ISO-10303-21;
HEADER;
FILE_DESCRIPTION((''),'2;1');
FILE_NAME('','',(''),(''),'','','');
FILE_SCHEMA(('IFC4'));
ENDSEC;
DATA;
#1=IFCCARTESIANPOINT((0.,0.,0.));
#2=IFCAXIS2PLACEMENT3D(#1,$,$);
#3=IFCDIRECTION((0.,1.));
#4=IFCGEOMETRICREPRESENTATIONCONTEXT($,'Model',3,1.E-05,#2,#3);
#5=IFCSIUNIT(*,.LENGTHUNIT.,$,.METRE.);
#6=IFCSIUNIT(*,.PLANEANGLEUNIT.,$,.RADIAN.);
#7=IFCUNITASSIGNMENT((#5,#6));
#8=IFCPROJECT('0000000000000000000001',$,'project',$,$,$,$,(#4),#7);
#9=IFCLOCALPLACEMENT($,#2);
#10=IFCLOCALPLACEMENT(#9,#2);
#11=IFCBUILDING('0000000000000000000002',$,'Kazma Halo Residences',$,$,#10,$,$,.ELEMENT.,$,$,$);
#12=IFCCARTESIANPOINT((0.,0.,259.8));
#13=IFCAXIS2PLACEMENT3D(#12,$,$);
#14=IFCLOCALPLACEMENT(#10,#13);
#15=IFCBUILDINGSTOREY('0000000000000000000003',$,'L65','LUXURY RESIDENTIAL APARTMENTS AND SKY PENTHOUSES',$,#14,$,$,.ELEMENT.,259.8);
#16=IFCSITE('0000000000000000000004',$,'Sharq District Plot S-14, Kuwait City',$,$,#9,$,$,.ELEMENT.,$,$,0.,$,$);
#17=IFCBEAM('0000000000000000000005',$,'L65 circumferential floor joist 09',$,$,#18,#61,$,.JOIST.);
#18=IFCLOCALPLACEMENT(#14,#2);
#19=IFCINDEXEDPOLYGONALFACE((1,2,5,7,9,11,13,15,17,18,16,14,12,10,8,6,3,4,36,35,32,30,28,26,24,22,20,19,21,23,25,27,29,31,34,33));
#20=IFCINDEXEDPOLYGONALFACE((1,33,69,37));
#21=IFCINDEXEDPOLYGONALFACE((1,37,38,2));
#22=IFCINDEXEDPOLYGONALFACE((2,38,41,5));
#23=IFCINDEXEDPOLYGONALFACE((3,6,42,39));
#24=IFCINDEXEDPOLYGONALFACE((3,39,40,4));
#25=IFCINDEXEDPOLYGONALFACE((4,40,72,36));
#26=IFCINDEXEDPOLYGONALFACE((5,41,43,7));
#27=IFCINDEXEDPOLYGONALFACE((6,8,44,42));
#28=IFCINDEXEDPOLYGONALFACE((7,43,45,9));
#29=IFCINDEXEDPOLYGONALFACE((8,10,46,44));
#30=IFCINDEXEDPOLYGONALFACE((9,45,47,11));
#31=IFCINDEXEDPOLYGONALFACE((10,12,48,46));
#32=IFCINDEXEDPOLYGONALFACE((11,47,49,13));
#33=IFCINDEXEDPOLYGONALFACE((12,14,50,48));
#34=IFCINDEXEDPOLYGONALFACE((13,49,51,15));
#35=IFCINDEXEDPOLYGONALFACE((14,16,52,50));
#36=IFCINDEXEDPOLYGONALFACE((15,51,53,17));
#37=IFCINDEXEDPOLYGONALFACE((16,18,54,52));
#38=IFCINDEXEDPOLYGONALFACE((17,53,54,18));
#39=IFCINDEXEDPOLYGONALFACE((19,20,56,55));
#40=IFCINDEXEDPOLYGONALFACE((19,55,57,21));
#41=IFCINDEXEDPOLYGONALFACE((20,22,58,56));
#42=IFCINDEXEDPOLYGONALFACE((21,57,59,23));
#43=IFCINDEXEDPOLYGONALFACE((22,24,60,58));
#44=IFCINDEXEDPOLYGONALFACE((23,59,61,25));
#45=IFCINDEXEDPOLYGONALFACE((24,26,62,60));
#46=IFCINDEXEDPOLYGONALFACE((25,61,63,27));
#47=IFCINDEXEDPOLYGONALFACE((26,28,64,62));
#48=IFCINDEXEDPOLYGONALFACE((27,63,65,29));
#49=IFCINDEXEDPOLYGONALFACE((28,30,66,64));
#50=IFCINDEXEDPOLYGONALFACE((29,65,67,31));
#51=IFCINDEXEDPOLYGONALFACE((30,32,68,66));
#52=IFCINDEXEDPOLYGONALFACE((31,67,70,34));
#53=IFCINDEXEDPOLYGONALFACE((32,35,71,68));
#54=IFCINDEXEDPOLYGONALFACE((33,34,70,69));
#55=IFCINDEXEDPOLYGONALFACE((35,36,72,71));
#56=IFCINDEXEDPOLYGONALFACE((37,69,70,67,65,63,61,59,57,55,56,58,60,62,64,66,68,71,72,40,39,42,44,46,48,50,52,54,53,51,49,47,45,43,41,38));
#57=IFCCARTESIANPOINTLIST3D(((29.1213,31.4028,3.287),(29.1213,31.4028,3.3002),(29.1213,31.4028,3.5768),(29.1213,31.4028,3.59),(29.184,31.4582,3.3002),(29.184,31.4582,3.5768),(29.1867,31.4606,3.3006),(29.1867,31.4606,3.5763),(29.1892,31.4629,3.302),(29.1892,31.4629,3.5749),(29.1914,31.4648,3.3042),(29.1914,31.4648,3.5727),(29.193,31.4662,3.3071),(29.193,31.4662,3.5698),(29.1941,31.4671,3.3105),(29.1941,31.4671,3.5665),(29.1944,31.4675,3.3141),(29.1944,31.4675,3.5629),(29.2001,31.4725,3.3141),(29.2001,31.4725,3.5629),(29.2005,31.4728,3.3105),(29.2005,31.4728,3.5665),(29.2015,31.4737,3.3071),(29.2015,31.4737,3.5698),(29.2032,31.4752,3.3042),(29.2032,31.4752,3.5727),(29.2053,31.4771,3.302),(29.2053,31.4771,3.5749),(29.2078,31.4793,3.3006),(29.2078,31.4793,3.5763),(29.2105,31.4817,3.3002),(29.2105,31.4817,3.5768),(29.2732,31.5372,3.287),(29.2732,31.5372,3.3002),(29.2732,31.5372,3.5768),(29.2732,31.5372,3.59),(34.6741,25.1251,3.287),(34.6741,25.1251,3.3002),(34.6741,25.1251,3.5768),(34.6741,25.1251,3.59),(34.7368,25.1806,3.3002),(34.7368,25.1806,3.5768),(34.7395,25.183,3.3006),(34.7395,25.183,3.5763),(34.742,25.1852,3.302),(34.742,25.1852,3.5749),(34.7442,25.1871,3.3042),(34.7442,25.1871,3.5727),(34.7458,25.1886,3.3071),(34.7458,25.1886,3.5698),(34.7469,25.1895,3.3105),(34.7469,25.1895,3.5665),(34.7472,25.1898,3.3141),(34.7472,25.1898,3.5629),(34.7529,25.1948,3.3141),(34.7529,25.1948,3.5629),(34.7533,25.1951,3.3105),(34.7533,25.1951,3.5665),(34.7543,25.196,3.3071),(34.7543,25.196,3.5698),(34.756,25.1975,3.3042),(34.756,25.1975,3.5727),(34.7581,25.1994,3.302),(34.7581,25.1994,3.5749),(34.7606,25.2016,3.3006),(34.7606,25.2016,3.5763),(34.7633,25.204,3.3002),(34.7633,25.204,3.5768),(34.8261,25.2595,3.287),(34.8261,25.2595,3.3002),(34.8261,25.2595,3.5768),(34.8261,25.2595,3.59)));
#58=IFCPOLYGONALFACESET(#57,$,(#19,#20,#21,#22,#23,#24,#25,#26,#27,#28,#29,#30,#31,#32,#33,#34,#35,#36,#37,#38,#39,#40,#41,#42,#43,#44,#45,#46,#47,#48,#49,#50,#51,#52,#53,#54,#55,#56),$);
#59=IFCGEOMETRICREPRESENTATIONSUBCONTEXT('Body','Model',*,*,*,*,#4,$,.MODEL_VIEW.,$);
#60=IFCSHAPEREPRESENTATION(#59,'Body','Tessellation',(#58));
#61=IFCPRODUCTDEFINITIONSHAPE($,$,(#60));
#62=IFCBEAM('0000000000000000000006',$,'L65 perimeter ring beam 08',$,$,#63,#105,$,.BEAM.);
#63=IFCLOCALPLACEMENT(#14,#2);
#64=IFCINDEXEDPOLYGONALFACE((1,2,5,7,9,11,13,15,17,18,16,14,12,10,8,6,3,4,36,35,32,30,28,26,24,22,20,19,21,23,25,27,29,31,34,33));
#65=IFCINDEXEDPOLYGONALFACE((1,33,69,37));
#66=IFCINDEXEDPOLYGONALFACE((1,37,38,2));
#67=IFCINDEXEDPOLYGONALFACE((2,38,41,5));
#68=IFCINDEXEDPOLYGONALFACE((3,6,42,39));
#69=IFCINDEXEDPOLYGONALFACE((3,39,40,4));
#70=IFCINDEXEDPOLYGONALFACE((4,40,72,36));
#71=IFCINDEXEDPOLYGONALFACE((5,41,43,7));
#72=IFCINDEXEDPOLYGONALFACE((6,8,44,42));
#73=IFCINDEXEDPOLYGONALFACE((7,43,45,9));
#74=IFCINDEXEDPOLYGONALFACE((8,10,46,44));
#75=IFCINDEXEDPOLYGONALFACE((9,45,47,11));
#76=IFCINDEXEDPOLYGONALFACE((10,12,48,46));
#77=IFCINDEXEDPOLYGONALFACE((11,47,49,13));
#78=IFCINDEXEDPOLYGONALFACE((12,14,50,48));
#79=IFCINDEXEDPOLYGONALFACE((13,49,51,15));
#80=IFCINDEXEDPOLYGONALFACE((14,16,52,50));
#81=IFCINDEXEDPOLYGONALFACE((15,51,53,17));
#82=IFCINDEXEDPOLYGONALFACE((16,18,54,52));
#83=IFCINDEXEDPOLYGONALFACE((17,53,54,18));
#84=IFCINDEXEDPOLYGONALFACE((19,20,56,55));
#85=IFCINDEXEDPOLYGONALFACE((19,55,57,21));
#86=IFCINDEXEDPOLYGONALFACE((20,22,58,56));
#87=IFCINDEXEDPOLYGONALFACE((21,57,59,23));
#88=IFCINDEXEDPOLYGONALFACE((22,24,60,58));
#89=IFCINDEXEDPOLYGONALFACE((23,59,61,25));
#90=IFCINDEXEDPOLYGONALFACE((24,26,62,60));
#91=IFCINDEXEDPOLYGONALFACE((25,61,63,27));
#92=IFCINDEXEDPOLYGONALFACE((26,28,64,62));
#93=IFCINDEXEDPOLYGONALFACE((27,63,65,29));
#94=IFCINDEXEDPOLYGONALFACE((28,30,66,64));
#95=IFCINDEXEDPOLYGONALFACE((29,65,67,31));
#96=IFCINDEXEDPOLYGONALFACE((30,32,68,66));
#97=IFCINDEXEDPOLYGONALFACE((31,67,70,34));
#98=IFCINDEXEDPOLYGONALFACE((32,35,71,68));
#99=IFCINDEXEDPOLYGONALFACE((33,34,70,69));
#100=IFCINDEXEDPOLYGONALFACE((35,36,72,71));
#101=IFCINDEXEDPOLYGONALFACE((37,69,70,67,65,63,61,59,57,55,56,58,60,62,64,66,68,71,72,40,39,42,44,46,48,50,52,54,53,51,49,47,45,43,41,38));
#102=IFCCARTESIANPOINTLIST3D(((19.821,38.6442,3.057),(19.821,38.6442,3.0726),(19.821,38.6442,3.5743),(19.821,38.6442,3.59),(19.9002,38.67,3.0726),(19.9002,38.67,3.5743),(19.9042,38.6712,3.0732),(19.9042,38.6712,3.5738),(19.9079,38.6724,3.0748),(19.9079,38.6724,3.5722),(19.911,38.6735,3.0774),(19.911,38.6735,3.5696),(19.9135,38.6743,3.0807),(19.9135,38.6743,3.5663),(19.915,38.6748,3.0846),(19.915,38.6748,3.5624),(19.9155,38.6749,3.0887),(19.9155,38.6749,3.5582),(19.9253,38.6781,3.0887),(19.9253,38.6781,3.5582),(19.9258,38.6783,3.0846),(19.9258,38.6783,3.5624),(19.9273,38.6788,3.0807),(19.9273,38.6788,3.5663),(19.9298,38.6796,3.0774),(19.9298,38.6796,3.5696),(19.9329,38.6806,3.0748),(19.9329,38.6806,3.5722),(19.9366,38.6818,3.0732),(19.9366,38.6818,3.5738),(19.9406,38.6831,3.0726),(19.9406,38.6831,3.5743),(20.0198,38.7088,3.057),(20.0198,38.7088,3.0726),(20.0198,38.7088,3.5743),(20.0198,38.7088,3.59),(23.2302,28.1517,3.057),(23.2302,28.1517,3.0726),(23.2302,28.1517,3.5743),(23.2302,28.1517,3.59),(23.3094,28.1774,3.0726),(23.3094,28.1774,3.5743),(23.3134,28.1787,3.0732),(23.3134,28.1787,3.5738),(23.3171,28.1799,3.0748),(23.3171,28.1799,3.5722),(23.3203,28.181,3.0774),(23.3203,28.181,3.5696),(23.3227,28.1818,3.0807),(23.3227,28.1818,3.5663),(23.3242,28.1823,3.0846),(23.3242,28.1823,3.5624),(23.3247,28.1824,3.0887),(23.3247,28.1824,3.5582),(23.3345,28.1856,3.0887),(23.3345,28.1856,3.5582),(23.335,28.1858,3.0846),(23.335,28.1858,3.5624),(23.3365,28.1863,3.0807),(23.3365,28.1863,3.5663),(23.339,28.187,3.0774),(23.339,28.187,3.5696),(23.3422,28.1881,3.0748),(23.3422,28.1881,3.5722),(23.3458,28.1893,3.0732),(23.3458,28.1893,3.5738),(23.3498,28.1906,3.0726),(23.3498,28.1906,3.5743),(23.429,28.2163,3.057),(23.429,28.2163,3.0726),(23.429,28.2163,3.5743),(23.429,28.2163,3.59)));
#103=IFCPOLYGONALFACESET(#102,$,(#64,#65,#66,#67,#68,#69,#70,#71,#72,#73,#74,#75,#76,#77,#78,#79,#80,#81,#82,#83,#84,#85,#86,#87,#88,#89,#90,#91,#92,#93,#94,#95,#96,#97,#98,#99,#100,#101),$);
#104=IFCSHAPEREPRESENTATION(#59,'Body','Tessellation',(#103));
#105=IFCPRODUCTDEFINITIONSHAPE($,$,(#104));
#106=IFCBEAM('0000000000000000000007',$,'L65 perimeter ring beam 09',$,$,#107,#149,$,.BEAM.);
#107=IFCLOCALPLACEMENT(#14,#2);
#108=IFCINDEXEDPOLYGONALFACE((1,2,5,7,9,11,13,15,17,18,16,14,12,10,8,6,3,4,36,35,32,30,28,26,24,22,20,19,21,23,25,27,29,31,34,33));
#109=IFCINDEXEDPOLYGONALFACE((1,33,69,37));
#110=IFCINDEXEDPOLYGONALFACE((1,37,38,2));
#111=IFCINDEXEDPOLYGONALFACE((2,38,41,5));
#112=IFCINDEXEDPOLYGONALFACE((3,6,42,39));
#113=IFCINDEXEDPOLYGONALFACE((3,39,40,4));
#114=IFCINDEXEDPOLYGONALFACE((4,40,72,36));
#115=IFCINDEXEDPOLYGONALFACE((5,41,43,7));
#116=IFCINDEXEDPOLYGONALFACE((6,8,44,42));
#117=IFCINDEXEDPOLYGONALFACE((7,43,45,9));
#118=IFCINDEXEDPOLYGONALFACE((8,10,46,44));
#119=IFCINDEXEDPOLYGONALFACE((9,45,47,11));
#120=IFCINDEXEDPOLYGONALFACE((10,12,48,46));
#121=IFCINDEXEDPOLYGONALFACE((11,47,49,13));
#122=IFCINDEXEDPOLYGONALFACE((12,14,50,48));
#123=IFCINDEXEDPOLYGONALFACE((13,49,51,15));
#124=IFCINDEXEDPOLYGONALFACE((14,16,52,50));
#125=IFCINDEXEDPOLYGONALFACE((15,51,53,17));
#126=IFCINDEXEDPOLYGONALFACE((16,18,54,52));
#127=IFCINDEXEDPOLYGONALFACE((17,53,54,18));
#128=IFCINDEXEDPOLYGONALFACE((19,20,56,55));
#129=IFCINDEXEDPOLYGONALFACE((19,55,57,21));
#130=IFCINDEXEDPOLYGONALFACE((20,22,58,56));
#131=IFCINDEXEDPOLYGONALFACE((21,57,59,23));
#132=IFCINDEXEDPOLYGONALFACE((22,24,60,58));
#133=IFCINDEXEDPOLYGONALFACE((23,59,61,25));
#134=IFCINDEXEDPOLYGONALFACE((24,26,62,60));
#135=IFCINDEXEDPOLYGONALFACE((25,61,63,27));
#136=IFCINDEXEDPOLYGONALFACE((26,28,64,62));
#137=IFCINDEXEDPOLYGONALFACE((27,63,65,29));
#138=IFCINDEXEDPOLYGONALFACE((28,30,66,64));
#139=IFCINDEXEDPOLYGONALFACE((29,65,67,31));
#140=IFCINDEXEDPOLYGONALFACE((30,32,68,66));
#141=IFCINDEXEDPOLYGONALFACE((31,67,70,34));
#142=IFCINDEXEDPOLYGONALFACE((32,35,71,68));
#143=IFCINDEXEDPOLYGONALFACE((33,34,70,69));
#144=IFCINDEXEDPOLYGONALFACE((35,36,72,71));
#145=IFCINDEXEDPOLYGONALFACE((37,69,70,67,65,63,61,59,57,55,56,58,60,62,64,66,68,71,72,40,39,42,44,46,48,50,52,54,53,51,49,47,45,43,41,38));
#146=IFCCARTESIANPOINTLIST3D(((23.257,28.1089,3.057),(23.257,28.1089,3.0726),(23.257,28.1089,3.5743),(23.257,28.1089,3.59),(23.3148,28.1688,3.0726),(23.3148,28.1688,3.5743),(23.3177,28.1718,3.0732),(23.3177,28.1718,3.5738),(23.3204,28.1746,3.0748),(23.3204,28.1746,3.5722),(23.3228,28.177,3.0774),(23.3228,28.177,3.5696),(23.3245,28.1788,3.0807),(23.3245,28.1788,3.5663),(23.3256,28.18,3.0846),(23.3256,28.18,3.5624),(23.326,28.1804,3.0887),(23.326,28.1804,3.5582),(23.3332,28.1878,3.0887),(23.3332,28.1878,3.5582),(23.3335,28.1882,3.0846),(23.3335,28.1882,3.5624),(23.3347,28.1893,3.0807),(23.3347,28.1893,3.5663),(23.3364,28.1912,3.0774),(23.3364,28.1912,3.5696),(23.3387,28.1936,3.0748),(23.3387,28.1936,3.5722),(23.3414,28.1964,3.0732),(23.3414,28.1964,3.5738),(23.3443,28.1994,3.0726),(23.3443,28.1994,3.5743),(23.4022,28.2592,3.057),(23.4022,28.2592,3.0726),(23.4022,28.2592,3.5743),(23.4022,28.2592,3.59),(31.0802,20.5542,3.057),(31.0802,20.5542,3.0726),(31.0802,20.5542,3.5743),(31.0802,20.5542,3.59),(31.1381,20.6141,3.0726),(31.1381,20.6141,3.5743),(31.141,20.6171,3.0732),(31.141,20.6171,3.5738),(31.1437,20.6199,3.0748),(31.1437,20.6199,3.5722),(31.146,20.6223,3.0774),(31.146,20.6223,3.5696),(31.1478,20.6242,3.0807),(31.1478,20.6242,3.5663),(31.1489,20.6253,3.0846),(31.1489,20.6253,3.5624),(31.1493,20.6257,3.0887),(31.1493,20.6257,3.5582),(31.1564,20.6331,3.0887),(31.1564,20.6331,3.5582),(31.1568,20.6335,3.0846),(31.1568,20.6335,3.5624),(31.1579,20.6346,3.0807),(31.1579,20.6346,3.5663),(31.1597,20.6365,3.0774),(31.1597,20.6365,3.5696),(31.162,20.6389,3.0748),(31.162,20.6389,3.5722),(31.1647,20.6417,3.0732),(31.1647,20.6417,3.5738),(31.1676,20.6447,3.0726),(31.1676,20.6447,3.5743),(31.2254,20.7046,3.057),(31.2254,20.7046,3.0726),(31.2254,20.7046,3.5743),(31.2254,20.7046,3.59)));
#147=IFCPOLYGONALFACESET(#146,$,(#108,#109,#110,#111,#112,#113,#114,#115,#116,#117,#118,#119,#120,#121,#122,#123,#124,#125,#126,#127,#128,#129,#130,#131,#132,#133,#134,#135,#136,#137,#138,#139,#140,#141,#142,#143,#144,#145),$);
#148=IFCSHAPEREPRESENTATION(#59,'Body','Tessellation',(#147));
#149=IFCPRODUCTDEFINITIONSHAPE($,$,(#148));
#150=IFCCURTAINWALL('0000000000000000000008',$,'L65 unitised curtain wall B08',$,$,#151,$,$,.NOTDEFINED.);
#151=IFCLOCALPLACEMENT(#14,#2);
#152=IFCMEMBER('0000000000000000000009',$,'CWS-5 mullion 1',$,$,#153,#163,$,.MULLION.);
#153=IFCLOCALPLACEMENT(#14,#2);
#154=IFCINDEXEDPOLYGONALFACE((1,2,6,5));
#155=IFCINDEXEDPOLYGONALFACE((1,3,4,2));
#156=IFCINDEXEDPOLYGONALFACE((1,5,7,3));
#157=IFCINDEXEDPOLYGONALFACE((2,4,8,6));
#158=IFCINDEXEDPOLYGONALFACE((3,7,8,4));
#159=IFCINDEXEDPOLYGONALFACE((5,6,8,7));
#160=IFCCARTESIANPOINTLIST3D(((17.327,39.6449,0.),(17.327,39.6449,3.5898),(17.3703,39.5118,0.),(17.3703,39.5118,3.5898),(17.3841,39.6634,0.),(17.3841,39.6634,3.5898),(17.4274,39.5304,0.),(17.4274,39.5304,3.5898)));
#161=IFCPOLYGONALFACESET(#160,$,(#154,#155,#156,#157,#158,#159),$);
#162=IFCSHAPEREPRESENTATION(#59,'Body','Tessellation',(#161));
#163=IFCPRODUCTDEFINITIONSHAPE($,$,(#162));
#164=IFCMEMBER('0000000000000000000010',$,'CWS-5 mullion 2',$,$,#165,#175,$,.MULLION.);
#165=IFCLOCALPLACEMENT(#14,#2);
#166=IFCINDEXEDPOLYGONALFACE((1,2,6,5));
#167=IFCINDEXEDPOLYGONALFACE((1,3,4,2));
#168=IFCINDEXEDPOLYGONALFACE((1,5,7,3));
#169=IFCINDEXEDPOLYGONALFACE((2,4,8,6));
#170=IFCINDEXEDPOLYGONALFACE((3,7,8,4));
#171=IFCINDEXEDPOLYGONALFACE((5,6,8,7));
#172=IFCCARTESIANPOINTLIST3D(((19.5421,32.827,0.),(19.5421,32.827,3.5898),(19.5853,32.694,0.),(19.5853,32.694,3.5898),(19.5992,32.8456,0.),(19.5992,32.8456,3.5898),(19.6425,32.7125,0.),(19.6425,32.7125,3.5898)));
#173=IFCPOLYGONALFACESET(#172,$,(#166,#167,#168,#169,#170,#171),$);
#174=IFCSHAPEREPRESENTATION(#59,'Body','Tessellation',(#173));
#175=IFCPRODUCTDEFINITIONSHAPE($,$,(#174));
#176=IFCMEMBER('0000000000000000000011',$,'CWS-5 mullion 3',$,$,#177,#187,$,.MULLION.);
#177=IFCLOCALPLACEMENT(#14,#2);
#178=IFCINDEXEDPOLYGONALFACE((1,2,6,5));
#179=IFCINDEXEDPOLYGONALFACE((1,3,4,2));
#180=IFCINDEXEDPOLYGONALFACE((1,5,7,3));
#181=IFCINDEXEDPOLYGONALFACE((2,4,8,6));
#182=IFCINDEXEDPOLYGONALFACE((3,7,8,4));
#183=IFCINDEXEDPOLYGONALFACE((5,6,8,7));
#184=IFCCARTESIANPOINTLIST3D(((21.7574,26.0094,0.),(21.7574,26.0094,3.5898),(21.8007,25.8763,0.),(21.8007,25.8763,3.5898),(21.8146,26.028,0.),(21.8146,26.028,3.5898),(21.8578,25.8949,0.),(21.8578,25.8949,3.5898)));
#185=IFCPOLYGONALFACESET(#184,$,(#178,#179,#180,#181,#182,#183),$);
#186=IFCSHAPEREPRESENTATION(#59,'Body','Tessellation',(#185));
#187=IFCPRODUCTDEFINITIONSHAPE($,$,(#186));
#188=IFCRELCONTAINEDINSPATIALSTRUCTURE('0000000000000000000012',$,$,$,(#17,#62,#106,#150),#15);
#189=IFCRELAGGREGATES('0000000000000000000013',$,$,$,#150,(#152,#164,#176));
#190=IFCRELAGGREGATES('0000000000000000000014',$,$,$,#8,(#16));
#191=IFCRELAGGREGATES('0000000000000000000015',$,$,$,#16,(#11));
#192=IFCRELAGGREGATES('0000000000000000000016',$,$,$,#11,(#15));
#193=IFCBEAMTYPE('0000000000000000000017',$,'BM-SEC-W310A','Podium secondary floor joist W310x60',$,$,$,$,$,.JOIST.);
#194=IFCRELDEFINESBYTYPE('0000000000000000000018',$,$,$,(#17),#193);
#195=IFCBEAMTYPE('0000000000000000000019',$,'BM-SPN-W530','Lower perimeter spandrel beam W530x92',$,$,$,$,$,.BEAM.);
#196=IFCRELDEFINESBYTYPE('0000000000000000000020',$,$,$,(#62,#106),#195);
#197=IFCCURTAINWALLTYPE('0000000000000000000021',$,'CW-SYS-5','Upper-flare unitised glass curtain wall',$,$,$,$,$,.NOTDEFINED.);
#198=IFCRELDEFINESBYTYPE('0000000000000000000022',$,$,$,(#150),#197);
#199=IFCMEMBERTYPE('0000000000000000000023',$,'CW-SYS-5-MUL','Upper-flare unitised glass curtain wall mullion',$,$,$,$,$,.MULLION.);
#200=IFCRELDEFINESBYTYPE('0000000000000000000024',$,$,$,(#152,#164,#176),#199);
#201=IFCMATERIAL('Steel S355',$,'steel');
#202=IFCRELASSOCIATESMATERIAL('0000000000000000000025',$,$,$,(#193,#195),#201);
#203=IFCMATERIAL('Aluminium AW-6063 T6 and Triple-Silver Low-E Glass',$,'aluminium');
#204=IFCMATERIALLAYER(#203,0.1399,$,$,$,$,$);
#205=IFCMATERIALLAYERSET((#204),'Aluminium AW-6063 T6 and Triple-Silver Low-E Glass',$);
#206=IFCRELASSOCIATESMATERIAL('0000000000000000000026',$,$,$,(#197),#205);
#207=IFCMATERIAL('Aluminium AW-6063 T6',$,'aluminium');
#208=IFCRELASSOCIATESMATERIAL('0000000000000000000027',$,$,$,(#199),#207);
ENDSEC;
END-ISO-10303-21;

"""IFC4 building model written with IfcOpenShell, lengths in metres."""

from ifc_helpers import new_model, si_unit, direction, frame, origin, origin_2d, place, context, subcontext, project, spatial, rectangle, i_section, extrude, material, layer, layer_set, material_profile, profile_set, type_object, element, aggregate, save


model = new_model("IFC4")

# Units and contexts
model_context = context("Model", 3, precision=1e-05, world=origin(), true_north=direction((0.0, 1.0)))
body_context = subcontext(model_context, "Body", "Model", "MODEL_VIEW")
ifc_project = project(units=[si_unit("LENGTHUNIT", "METRE"), si_unit("PLANEANGLEUNIT", "RADIAN")], contexts=[model_context])

# Site, building, storey
site_placement = place(None, origin())
site = spatial("IfcSite", under=ifc_project, at=site_placement, Name="Sharq District Plot S-14, Kuwait City", CompositionType="ELEMENT", RefElevation=0.0)
building_placement = place(site_placement, origin())
building = spatial("IfcBuilding", under=site, at=building_placement, Name="Kazma Halo Residences", CompositionType="ELEMENT")
storey_placement = place(building_placement, frame((0.0, 0.0, 259.8)))
storey = spatial("IfcBuildingStorey", under=building, at=storey_placement, Name="L65", Description="LUXURY RESIDENTIAL APARTMENTS AND SKY PENTHOUSES", CompositionType="ELEMENT", Elevation=259.8)

# Beams
ifc_material_1 = material(Name="Steel S355", Category="steel")
ifc_material_profile_1 = material_profile(ifc_material_1, i_section(OverallWidth=0.2029, OverallDepth=0.303, WebThickness=0.0076, FlangeThickness=0.0132, FilletRadius=0.0139, at=origin_2d()), Name="W310x60")
ifc_profile_set_1 = profile_set([ifc_material_profile_1], Name="Steel S355")
beam_type_1 = type_object("IfcBeamType", Name="BM-SEC-W310A", Description="Podium secondary floor joist W310x60", PredefinedType="JOIST", material=ifc_profile_set_1)
beam_1_placement = place(storey_placement, frame((29.1973, 31.47, 3.4385), z_axis=(0.662539, -0.749027, 0.0), x_axis=(0.749027, 0.662539, 0.0)))
element("IfcBeam", 1, at=beam_1_placement, inside=storey, type_object=beam_type_1, Name="L65 circumferential floor joist 09", PredefinedType="JOIST", context=body_context, shape_type="SweptSolid", body=[
    extrude(i_section(OverallWidth=0.2029, OverallDepth=0.303, WebThickness=0.0076, FlangeThickness=0.0132, FilletRadius=0.0139, at=origin_2d()), origin(), (0.0, 0.0, 1.0), 8.3811),
])
ifc_material_profile_2 = material_profile(ifc_material_1, i_section(OverallWidth=0.209, OverallDepth=0.533, WebThickness=0.0103, FlangeThickness=0.0156, FilletRadius=0.0161, at=origin_2d()), Name="W530x92")
ifc_profile_set_2 = profile_set([ifc_material_profile_2], Name="Steel S355")
beam_type_2 = type_object("IfcBeamType", Name="BM-SPN-W530", Description="Lower perimeter spandrel beam W530x92", PredefinedType="BEAM", material=ifc_profile_set_2)
beam_2_placement = place(storey_placement, frame((19.9204, 38.6765, 3.3235), z_axis=(0.309016, -0.951057, 0.0), x_axis=(0.951057, 0.309016, 0.0)))
element("IfcBeam", 2, at=beam_2_placement, inside=storey, type_object=beam_type_2, Name="L65 perimeter ring beam 08", PredefinedType="BEAM", context=body_context, shape_type="SweptSolid", body=[
    extrude(i_section(OverallWidth=0.209, OverallDepth=0.533, WebThickness=0.0103, FlangeThickness=0.0156, FilletRadius=0.0161, at=origin_2d()), origin(), (0.0, 0.0, 1.0), 11.0325),
])
beam_3_placement = place(storey_placement, frame((23.3296, 28.1841, 3.3235), z_axis=(0.719346, -0.694652, 0.0), x_axis=(0.694652, 0.719346, 0.0)))
element("IfcBeam", 3, at=beam_3_placement, inside=storey, type_object=beam_type_2, Name="L65 perimeter ring beam 09", PredefinedType="BEAM", context=body_context, shape_type="SweptSolid", body=[
    extrude(i_section(OverallWidth=0.209, OverallDepth=0.533, WebThickness=0.0103, FlangeThickness=0.0156, FilletRadius=0.0161, at=origin_2d()), origin(), (0.0, 0.0, 1.0), 10.8755),
])

# Curtain wall, members
ifc_material_2 = material(Name="Aluminium AW-6063 T6 and Triple-Silver Low-E Glass", Category="aluminium")
ifc_layer_1 = layer(ifc_material_2, 0.1399)
ifc_layer_set_1 = layer_set([ifc_layer_1], Name="Aluminium AW-6063 T6 and Triple-Silver Low-E Glass")
curtain_wall_type = type_object("IfcCurtainWallType", Name="CW-SYS-5", Description="Upper-flare unitised glass curtain wall", PredefinedType="NOTDEFINED", material=ifc_layer_set_1)
curtain_wall_placement = place(storey_placement, origin())
curtain_wall = element("IfcCurtainWall", 4, at=curtain_wall_placement, inside=storey, type_object=curtain_wall_type, Name="L65 unitised curtain wall B08", PredefinedType="NOTDEFINED")
ifc_material_3 = material(Name="Aluminium AW-6063 T6", Category="aluminium")
ifc_material_profile_3 = material_profile(ifc_material_3, rectangle(XDim=0.0601, YDim=0.1399, at=origin_2d()), Name="CWM-60x140")
ifc_profile_set_3 = profile_set([ifc_material_profile_3], Name="Aluminium AW-6063 T6")
member_type_1 = type_object("IfcMemberType", Name="CW-SYS-5-MUL", Description="Upper-flare unitised glass curtain wall mullion", PredefinedType="MULLION", material=ifc_profile_set_3)
member_1_placement = place(storey_placement, frame((17.3772, 39.5876, 0.0), z_axis=(0.0, 0.0, 1.0), x_axis=(0.951058, 0.309011, 0.0)))
member_1 = element("IfcMember", 5, at=member_1_placement, type_object=member_type_1, Name="CWS-5 mullion 1", PredefinedType="MULLION", context=body_context, shape_type="SweptSolid", body=[
    extrude(rectangle(XDim=0.0601, YDim=0.1399, at=origin_2d()), origin(), (0.0, 0.0, 1.0), 3.5898),
])
member_2_placement = place(storey_placement, frame((19.5923, 32.7698, 0.0), z_axis=(0.0, 0.0, 1.0), x_axis=(0.951058, 0.309011, 0.0)))
member_2 = element("IfcMember", 6, at=member_2_placement, type_object=member_type_1, Name="CWS-5 mullion 2", PredefinedType="MULLION", context=body_context, shape_type="SweptSolid", body=[
    extrude(rectangle(XDim=0.0601, YDim=0.1399, at=origin_2d()), origin(), (0.0, 0.0, 1.0), 3.5898),
])
member_3_placement = place(storey_placement, frame((21.8076, 25.9521, 0.0), z_axis=(0.0, 0.0, 1.0), x_axis=(0.951058, 0.309011, 0.0)))
member_3 = element("IfcMember", 7, at=member_3_placement, type_object=member_type_1, Name="CWS-5 mullion 3", PredefinedType="MULLION", context=body_context, shape_type="SweptSolid", body=[
    extrude(rectangle(XDim=0.0601, YDim=0.1399, at=origin_2d()), origin(), (0.0, 0.0, 1.0), 3.5898),
])
aggregate(curtain_wall, [member_1, member_2, member_3])

save(model, "model.ifc")
